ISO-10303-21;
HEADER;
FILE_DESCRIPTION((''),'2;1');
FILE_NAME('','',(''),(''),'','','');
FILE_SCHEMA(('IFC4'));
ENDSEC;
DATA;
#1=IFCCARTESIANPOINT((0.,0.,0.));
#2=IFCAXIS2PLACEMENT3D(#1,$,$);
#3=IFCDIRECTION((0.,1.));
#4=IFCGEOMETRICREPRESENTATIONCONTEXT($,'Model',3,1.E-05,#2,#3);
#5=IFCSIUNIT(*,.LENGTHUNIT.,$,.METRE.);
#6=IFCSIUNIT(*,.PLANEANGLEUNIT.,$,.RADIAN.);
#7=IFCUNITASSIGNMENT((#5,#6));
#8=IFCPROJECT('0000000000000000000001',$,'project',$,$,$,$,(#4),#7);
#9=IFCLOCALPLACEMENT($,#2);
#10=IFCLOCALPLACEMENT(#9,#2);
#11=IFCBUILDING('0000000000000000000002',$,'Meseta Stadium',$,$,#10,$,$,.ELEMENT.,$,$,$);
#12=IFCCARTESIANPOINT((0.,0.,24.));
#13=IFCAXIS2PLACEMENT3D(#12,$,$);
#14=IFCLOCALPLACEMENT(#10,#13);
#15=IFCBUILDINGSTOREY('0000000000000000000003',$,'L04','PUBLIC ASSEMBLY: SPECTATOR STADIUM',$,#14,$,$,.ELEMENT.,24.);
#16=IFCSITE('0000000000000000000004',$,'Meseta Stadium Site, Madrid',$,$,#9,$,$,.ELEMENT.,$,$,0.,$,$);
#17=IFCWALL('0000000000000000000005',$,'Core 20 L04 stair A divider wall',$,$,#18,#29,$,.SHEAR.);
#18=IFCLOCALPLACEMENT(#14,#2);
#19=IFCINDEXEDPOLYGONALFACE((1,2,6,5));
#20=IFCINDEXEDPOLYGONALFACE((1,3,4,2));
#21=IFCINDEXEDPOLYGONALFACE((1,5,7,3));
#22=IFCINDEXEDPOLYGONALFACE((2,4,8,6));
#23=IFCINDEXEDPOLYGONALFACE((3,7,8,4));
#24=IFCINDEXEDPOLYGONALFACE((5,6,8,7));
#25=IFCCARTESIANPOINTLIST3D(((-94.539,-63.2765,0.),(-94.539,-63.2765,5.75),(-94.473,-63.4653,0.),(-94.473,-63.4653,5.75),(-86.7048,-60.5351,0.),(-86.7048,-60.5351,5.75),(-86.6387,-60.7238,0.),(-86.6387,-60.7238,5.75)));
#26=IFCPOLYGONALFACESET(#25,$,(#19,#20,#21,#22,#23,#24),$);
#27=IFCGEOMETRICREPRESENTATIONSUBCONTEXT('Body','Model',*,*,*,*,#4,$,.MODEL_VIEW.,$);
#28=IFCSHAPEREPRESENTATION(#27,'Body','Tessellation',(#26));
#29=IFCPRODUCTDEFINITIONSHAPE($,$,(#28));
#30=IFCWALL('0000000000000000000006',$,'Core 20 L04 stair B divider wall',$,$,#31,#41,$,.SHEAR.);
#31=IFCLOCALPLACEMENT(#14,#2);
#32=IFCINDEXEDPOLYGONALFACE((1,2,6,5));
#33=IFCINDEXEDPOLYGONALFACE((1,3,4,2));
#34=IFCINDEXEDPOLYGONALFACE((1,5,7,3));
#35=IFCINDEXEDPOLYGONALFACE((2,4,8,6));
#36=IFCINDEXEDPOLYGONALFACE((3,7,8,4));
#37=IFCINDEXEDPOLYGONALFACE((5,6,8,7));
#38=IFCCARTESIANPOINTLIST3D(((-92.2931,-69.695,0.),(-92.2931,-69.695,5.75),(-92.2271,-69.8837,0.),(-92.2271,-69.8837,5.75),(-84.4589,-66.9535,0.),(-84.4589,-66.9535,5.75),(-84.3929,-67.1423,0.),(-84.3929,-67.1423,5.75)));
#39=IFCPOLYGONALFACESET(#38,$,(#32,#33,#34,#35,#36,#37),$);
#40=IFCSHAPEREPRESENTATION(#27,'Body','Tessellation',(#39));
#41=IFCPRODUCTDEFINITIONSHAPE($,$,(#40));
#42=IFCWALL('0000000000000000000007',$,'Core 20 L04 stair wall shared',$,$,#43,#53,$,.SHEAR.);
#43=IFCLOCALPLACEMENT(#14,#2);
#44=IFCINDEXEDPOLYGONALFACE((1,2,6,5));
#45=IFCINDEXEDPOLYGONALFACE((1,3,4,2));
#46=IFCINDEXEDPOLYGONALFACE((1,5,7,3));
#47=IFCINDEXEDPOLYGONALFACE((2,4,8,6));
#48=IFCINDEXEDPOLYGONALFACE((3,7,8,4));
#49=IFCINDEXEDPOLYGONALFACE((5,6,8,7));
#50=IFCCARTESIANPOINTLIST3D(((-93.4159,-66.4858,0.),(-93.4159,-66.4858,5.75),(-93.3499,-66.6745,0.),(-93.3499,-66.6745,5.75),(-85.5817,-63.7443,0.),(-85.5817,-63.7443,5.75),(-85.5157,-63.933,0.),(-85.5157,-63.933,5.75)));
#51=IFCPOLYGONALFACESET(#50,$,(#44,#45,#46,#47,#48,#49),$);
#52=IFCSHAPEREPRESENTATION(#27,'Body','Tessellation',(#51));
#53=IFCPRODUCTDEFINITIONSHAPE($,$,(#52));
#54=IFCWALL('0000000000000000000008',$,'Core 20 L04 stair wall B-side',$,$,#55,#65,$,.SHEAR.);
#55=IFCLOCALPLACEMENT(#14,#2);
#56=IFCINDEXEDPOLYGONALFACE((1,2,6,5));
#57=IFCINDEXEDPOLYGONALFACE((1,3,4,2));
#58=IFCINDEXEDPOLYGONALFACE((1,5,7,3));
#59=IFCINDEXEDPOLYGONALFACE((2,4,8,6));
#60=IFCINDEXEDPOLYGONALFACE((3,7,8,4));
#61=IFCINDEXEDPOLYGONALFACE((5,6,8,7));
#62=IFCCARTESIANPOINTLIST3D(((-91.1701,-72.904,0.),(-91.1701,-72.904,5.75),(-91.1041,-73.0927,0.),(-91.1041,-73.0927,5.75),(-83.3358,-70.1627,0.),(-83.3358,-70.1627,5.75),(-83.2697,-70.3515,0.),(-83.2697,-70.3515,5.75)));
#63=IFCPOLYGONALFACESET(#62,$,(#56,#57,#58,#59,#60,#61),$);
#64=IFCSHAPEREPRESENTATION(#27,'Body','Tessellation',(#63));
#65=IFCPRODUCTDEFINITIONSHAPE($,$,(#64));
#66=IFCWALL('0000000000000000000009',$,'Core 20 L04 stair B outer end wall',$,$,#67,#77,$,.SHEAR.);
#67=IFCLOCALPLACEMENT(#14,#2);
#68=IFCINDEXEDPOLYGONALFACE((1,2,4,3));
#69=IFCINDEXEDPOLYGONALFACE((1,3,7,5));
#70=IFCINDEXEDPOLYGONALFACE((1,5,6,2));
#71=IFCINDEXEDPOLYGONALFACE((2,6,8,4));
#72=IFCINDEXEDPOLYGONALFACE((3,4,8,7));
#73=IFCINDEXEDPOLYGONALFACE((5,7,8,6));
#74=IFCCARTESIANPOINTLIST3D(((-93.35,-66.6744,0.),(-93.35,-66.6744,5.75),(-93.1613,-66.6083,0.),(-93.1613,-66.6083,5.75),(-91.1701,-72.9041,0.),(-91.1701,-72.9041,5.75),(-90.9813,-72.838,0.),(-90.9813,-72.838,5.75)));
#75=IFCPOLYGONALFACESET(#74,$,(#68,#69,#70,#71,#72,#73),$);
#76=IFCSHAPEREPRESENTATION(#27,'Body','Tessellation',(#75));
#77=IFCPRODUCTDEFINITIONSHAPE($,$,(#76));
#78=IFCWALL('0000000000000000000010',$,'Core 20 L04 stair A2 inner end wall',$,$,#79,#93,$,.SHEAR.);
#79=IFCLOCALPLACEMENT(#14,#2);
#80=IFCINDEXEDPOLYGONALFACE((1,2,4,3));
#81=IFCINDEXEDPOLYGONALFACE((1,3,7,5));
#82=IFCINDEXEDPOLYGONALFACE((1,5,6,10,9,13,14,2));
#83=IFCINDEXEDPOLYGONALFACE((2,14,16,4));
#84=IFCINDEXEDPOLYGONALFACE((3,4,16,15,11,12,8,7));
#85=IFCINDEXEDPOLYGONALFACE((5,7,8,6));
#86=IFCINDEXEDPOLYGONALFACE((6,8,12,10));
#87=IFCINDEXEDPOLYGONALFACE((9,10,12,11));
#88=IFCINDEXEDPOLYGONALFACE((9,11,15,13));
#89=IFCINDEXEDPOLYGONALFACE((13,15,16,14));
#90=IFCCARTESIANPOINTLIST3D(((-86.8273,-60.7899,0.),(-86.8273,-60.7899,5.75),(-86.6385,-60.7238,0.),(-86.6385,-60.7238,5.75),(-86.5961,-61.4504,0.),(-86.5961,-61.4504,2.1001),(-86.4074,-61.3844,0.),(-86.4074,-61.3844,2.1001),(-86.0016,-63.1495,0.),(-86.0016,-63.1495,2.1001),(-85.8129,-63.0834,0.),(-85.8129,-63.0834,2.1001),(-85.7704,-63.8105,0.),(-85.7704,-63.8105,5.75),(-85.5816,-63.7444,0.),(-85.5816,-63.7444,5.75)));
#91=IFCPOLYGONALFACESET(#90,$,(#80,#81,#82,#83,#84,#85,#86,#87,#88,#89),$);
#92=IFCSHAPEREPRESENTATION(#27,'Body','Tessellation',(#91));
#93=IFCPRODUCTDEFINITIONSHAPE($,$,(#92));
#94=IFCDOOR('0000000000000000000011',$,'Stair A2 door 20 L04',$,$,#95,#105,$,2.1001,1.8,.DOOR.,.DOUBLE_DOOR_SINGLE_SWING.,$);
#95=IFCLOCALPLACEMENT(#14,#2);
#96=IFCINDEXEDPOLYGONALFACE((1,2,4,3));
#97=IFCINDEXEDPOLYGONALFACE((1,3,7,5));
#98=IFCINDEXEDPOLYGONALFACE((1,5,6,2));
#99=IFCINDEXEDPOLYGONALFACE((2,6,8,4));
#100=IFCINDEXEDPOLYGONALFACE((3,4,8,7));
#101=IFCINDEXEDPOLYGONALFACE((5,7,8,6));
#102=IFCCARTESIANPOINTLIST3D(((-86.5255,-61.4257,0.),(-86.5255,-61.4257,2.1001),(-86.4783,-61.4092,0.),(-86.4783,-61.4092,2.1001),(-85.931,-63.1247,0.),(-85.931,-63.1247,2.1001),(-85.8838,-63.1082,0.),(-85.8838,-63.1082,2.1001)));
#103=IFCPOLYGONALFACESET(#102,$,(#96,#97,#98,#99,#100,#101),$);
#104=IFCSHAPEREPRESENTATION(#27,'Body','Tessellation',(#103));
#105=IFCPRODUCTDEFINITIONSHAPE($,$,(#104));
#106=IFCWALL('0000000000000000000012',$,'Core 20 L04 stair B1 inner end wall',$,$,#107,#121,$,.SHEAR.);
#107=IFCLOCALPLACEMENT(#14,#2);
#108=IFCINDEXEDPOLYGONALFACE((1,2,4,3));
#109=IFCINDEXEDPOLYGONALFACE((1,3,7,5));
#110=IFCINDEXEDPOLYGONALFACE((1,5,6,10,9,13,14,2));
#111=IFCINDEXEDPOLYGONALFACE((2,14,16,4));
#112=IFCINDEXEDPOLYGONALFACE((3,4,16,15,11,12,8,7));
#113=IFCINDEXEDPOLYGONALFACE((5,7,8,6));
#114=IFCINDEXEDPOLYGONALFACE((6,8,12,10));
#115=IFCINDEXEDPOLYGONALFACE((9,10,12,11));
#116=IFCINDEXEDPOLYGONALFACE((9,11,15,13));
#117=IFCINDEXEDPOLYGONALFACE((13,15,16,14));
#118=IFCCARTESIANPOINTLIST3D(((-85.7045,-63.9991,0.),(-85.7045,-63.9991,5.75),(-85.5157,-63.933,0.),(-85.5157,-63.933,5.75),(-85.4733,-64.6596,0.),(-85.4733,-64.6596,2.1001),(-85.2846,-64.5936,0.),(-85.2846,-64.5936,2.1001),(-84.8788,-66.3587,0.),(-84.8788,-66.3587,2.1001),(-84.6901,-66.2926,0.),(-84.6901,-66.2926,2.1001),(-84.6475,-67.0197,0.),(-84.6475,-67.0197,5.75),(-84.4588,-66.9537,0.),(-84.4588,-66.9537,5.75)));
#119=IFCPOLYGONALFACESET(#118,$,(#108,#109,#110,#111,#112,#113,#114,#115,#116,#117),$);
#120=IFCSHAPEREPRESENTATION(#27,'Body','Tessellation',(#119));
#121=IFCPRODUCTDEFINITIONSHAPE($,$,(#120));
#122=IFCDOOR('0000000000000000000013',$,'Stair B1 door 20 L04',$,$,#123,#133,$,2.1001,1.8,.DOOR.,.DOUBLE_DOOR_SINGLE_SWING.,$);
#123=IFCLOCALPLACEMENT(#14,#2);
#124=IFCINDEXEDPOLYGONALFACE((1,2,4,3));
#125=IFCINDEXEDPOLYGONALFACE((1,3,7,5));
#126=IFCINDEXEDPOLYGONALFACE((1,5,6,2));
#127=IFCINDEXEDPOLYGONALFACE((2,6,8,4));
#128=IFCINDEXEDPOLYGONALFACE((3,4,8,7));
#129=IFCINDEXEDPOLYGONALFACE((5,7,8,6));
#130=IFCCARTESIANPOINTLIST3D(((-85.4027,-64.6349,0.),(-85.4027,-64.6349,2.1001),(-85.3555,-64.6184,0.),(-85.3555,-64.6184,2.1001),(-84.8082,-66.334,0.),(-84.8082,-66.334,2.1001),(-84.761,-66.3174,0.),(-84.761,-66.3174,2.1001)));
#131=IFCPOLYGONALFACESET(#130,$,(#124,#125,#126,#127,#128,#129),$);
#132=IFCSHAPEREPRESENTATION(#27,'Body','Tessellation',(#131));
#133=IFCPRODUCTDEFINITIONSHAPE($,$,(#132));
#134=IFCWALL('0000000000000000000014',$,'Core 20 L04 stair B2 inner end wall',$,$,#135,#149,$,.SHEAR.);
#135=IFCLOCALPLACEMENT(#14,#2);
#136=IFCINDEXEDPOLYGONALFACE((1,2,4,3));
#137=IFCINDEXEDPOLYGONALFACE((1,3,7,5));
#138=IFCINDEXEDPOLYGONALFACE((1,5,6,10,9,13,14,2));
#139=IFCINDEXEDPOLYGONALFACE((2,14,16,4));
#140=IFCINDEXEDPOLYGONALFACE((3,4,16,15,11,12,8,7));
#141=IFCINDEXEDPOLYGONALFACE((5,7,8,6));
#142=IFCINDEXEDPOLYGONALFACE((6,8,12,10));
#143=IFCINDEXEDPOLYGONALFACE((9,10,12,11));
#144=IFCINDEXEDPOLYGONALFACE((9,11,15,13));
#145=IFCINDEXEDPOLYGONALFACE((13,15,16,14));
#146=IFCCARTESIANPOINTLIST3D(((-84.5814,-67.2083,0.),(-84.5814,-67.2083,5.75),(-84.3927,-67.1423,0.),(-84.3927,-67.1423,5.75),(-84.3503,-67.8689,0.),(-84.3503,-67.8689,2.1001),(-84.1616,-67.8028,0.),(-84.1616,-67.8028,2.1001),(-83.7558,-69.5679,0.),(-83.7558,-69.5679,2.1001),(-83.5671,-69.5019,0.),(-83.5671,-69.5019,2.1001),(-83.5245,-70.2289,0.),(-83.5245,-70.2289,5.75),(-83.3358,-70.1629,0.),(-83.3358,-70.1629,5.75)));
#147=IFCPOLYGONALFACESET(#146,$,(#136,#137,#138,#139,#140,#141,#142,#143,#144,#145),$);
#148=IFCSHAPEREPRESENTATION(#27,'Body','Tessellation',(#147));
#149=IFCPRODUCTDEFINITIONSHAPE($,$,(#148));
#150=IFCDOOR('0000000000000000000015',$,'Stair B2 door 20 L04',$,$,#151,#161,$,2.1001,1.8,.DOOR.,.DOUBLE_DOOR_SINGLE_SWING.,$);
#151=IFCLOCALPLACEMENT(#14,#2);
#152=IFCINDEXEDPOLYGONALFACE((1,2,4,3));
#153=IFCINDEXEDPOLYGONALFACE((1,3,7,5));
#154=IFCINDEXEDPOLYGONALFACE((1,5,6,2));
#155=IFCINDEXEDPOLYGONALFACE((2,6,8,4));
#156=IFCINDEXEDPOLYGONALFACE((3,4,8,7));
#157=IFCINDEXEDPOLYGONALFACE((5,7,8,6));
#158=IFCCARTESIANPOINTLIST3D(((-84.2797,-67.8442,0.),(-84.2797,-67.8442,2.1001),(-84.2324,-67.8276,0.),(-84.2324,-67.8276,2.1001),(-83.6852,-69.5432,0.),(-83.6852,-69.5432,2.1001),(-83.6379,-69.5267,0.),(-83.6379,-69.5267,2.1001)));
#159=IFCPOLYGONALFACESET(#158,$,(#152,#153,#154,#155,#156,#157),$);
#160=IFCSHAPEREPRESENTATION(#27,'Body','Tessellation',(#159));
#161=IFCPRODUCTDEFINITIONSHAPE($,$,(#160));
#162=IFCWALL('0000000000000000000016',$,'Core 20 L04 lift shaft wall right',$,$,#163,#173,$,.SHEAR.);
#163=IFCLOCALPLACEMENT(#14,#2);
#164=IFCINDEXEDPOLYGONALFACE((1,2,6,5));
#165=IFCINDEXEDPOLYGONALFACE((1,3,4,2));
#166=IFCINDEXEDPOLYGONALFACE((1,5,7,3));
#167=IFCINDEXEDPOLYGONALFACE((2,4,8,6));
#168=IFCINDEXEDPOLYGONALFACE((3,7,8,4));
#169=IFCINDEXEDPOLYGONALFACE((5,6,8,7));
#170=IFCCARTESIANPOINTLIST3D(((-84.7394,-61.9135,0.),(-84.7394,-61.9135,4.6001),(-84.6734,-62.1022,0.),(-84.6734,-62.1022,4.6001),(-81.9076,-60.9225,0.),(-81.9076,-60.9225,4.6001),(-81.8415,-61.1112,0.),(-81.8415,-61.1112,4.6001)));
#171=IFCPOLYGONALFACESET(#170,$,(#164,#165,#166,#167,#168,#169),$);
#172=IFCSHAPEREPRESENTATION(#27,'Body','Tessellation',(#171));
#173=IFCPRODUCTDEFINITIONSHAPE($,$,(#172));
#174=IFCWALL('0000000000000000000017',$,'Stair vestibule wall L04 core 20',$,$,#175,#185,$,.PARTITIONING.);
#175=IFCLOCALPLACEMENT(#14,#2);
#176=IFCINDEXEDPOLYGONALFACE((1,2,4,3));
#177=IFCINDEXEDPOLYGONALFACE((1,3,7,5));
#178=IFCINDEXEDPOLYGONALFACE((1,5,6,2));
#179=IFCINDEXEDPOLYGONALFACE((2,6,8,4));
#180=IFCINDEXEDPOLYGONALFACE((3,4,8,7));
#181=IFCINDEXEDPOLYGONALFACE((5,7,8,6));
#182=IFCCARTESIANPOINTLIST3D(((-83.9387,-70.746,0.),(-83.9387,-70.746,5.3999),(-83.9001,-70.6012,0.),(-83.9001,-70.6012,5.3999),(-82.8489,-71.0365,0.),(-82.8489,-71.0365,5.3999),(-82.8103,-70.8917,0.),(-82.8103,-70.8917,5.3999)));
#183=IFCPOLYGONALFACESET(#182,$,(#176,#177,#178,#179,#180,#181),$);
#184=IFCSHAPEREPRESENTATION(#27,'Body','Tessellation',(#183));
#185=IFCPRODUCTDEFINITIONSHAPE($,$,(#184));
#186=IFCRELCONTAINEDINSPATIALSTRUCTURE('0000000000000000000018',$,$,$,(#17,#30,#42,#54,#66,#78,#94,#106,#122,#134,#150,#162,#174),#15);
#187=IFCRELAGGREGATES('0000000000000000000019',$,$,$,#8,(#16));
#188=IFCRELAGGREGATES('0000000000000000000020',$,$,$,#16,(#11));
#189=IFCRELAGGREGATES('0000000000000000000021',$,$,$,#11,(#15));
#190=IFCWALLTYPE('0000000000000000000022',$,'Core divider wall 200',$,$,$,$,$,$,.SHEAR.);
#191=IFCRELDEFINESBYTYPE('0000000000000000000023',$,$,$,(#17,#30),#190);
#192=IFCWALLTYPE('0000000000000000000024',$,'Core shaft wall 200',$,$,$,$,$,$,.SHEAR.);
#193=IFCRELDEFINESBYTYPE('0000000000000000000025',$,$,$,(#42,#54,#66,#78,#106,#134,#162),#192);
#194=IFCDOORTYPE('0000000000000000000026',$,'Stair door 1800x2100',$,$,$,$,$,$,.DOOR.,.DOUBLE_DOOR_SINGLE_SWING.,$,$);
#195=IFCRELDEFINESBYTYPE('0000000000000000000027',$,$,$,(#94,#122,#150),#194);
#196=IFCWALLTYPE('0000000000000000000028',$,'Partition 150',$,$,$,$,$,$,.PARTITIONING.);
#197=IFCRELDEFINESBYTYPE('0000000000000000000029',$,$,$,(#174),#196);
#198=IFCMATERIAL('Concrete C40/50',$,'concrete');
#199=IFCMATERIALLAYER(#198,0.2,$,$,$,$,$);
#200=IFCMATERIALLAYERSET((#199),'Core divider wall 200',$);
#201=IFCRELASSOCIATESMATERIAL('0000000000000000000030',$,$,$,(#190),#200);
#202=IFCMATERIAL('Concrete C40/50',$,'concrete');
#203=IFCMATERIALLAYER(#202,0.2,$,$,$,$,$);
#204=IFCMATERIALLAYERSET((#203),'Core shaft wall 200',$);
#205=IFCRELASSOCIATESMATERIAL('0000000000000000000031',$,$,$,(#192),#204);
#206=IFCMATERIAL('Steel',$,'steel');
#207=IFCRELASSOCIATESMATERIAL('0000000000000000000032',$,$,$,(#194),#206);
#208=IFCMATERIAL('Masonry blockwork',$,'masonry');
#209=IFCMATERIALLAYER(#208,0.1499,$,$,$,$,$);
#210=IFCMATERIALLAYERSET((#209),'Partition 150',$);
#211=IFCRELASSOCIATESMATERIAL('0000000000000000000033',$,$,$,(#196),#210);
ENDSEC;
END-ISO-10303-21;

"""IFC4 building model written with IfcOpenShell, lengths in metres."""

from ifc_helpers import new_model, si_unit, direction, frame, frame_2d, origin, place, context, subcontext, project, spatial, rectangle, extrude, material, layer, layer_set, type_object, element, fill, save


model = new_model("IFC4")

# Units and contexts
model_context = context("Model", 3, precision=1e-05, world=origin(), true_north=direction((0.0, 1.0)))
body_context = subcontext(model_context, "Body", "Model", "MODEL_VIEW")
ifc_project = project(units=[si_unit("LENGTHUNIT", "METRE"), si_unit("PLANEANGLEUNIT", "RADIAN")], contexts=[model_context])

# Site, building, storey
site_placement = place(None, origin())
site = spatial("IfcSite", under=ifc_project, at=site_placement, Name="Meseta Stadium Site, Madrid", CompositionType="ELEMENT", RefElevation=0.0)
building_placement = place(site_placement, origin())
building = spatial("IfcBuilding", under=site, at=building_placement, Name="Meseta Stadium", CompositionType="ELEMENT")
storey_placement = place(building_placement, frame((0.0, 0.0, 24.0)))
storey = spatial("IfcBuildingStorey", under=building, at=storey_placement, Name="L04", Description="PUBLIC ASSEMBLY: SPECTATOR STADIUM", CompositionType="ELEMENT", Elevation=24.0)

# Walls
ifc_material_1 = material(Name="Concrete C40/50", Category="concrete")
ifc_layer_1 = layer(ifc_material_1, 0.2)
ifc_layer_set_1 = layer_set([ifc_layer_1], Name="Core divider wall 200")
wall_type_1 = type_object("IfcWallType", Name="Core divider wall 200", PredefinedType="SHEAR", material=ifc_layer_set_1)
for number, where, z_axis, x_axis, name in (
    (1, (-94.5059, -63.3708, 0.0), (0.0, 0.0, 1.0), (0.943878, 0.330294, 0.0), "Core 20 L04 stair A divider wall"),
    (2, (-92.26, -69.7893, 0.0), (0.0, 0.0, 1.0), (0.943878, 0.330294, 0.0), "Core 20 L04 stair B divider wall"),
):
    element("IfcWall", number, at=place(storey_placement, frame(where, z_axis=z_axis, x_axis=x_axis)), inside=storey, type_object=wall_type_1, Name=name, PredefinedType="SHEAR", context=body_context, shape_type="SweptSolid", body=[
        extrude(rectangle(XDim=8.3, YDim=0.2, at=frame_2d((4.1499, 0.0))), origin(), (0.0, 0.0, 1.0), 5.75),
    ])
ifc_material_2 = material(Name="Concrete C40/50", Category="concrete")
ifc_layer_2 = layer(ifc_material_2, 0.2)
ifc_layer_set_2 = layer_set([ifc_layer_2], Name="Core shaft wall 200")
wall_type_2 = type_object("IfcWallType", Name="Core shaft wall 200", PredefinedType="SHEAR", material=ifc_layer_set_2)
for number, where, z_axis, x_axis, name in (
    (3, (-93.3828, -66.5801, 0.0), (0.0, 0.0, 1.0), (0.943878, 0.330294, 0.0), "Core 20 L04 stair wall shared"),
    (4, (-91.137, -72.9983, 0.0), (0.0, 0.0, 1.0), (0.943887, 0.330268, 0.0), "Core 20 L04 stair wall B-side"),
):
    element("IfcWall", number, at=place(storey_placement, frame(where, z_axis=z_axis, x_axis=x_axis)), inside=storey, type_object=wall_type_2, Name=name, PredefinedType="SHEAR", context=body_context, shape_type="SweptSolid", body=[
        extrude(rectangle(XDim=8.3, YDim=0.2, at=frame_2d((4.1499, 0.0))), origin(), (0.0, 0.0, 1.0), 5.75),
    ])
wall_1_placement = place(storey_placement, frame((-93.2556, -66.6414, 0.0), z_axis=(0.0, 0.0, 1.0), x_axis=(0.330286, -0.943881, 0.0)))
element("IfcWall", 5, at=wall_1_placement, inside=storey, type_object=wall_type_2, Name="Core 20 L04 stair B outer end wall", PredefinedType="SHEAR", context=body_context, shape_type="SweptSolid", body=[
    extrude(rectangle(XDim=6.6001, YDim=0.2, at=frame_2d((3.3, 0.0))), origin(), (0.0, 0.0, 1.0), 5.75),
])

# Walls, openings, doors
wall_2_placement = place(storey_placement, frame((-86.7329, -60.7568, 0.0), z_axis=(0.0, 0.0, 1.0), x_axis=(0.330269, -0.943887, 0.0)))
wall_2 = element("IfcWall", 6, at=wall_2_placement, inside=storey, type_object=wall_type_2, Name="Core 20 L04 stair A2 inner end wall", PredefinedType="SHEAR", context=body_context, shape_type="SweptSolid", body=[
    extrude(rectangle(XDim=3.2002, YDim=0.2, at=frame_2d((1.6001, 0.0))), origin(), (0.0, 0.0, 1.0), 5.75),
])
opening_1_placement = place(wall_2_placement, frame((0.7, 0.0, 0.0)))
opening_1 = element("IfcOpeningElement", 7, at=opening_1_placement, cuts=wall_2, PredefinedType="OPENING", context=body_context, shape_type="SweptSolid", body=[
    extrude(rectangle(XDim=1.8, YDim=2.1001, at=frame_2d((0.8999, 1.05))), frame((0.0, 0.1099, 0.0), z_axis=(0.0, -1.0, 0.0), x_axis=(1.0, 0.0, 0.0)), (0.0, 0.0, 1.0), 0.22),
])
ifc_material_3 = material(Name="Steel", Category="steel")
door_type_1 = type_object("IfcDoorType", Name="Stair door 1800x2100", OperationType="DOUBLE_DOOR_SINGLE_SWING", PredefinedType="DOOR", material=ifc_material_3)
door_1_placement = place(opening_1_placement, origin())
door_1 = element("IfcDoor", 8, at=door_1_placement, inside=storey, type_object=door_type_1, Name="Stair A2 door 20 L04", OperationType="DOUBLE_DOOR_SINGLE_SWING", OverallHeight=2.1001, OverallWidth=1.8, PredefinedType="DOOR", context=body_context, shape_type="SweptSolid", body=[
    extrude(rectangle(XDim=1.8, YDim=2.1001, at=frame_2d((0.8999, 1.05))), frame((0.0, 0.0249, 0.0), z_axis=(0.0, -1.0, 0.0), x_axis=(1.0, 0.0, 0.0)), (0.0, 0.0, 1.0), 0.05),
])
fill(opening_1, door_1)
wall_3_placement = place(storey_placement, frame((-85.6101, -63.9661, 0.0), z_axis=(0.0, 0.0, 1.0), x_axis=(0.330269, -0.943887, 0.0)))
wall_3 = element("IfcWall", 9, at=wall_3_placement, inside=storey, type_object=wall_type_2, Name="Core 20 L04 stair B1 inner end wall", PredefinedType="SHEAR", context=body_context, shape_type="SweptSolid", body=[
    extrude(rectangle(XDim=3.2002, YDim=0.2, at=frame_2d((1.6001, 0.0))), origin(), (0.0, 0.0, 1.0), 5.75),
])
opening_2_placement = place(wall_3_placement, frame((0.7, 0.0, 0.0)))
opening_2 = element("IfcOpeningElement", 10, at=opening_2_placement, cuts=wall_3, PredefinedType="OPENING", context=body_context, shape_type="SweptSolid", body=[
    extrude(rectangle(XDim=1.8, YDim=2.1001, at=frame_2d((0.8999, 1.05))), frame((0.0, 0.1099, 0.0), z_axis=(0.0, -1.0, 0.0), x_axis=(1.0, 0.0, 0.0)), (0.0, 0.0, 1.0), 0.22),
])
door_2_placement = place(opening_2_placement, origin())
door_2 = element("IfcDoor", 11, at=door_2_placement, inside=storey, type_object=door_type_1, Name="Stair B1 door 20 L04", OperationType="DOUBLE_DOOR_SINGLE_SWING", OverallHeight=2.1001, OverallWidth=1.8, PredefinedType="DOOR", context=body_context, shape_type="SweptSolid", body=[
    extrude(rectangle(XDim=1.8, YDim=2.1001, at=frame_2d((0.8999, 1.05))), frame((0.0, 0.0249, 0.0), z_axis=(0.0, -1.0, 0.0), x_axis=(1.0, 0.0, 0.0)), (0.0, 0.0, 1.0), 0.05),
])
fill(opening_2, door_2)
wall_4_placement = place(storey_placement, frame((-84.4871, -67.1753, 0.0), z_axis=(0.0, 0.0, 1.0), x_axis=(0.330269, -0.943887, 0.0)))
wall_4 = element("IfcWall", 12, at=wall_4_placement, inside=storey, type_object=wall_type_2, Name="Core 20 L04 stair B2 inner end wall", PredefinedType="SHEAR", context=body_context, shape_type="SweptSolid", body=[
    extrude(rectangle(XDim=3.2002, YDim=0.2, at=frame_2d((1.6001, 0.0))), origin(), (0.0, 0.0, 1.0), 5.75),
])
opening_3_placement = place(wall_4_placement, frame((0.7, 0.0, 0.0)))
opening_3 = element("IfcOpeningElement", 13, at=opening_3_placement, cuts=wall_4, PredefinedType="OPENING", context=body_context, shape_type="SweptSolid", body=[
    extrude(rectangle(XDim=1.8, YDim=2.1001, at=frame_2d((0.8999, 1.05))), frame((0.0, 0.1099, 0.0), z_axis=(0.0, -1.0, 0.0), x_axis=(1.0, 0.0, 0.0)), (0.0, 0.0, 1.0), 0.22),
])
door_3_placement = place(opening_3_placement, origin())
door_3 = element("IfcDoor", 14, at=door_3_placement, inside=storey, type_object=door_type_1, Name="Stair B2 door 20 L04", OperationType="DOUBLE_DOOR_SINGLE_SWING", OverallHeight=2.1001, OverallWidth=1.8, PredefinedType="DOOR", context=body_context, shape_type="SweptSolid", body=[
    extrude(rectangle(XDim=1.8, YDim=2.1001, at=frame_2d((0.8999, 1.05))), frame((0.0, 0.0249, 0.0), z_axis=(0.0, -1.0, 0.0), x_axis=(1.0, 0.0, 0.0)), (0.0, 0.0, 1.0), 0.05),
])
fill(opening_3, door_3)

# Walls
wall_5_placement = place(storey_placement, frame((-84.7063, -62.0078, 0.0), z_axis=(0.0, 0.0, 1.0), x_axis=(0.943875, 0.330303, 0.0)))
element("IfcWall", 15, at=wall_5_placement, inside=storey, type_object=wall_type_2, Name="Core 20 L04 lift shaft wall right", PredefinedType="SHEAR", context=body_context, shape_type="SweptSolid", body=[
    extrude(rectangle(XDim=3.0002, YDim=0.2, at=frame_2d((1.5, 0.0))), origin(), (0.0, 0.0, 1.0), 4.6001),
])
ifc_material_4 = material(Name="Masonry blockwork", Category="masonry")
ifc_layer_3 = layer(ifc_material_4, 0.1499)
ifc_layer_set_3 = layer_set([ifc_layer_3], Name="Partition 150")
wall_type_3 = type_object("IfcWallType", Name="Partition 150", PredefinedType="PARTITIONING", material=ifc_layer_set_3)
wall_6_placement = place(storey_placement, frame((-83.9194, -70.6736, 0.0), z_axis=(0.0, 0.0, 1.0), x_axis=(0.966256, -0.257582, 0.0)))
element("IfcWall", 16, at=wall_6_placement, inside=storey, type_object=wall_type_3, Name="Stair vestibule wall L04 core 20", PredefinedType="PARTITIONING", context=body_context, shape_type="SweptSolid", body=[
    extrude(rectangle(XDim=1.1279, YDim=0.1499, at=frame_2d((0.564, 0.0))), origin(), (0.0, 0.0, 1.0), 5.3999),
])

save(model, "model.ifc")
